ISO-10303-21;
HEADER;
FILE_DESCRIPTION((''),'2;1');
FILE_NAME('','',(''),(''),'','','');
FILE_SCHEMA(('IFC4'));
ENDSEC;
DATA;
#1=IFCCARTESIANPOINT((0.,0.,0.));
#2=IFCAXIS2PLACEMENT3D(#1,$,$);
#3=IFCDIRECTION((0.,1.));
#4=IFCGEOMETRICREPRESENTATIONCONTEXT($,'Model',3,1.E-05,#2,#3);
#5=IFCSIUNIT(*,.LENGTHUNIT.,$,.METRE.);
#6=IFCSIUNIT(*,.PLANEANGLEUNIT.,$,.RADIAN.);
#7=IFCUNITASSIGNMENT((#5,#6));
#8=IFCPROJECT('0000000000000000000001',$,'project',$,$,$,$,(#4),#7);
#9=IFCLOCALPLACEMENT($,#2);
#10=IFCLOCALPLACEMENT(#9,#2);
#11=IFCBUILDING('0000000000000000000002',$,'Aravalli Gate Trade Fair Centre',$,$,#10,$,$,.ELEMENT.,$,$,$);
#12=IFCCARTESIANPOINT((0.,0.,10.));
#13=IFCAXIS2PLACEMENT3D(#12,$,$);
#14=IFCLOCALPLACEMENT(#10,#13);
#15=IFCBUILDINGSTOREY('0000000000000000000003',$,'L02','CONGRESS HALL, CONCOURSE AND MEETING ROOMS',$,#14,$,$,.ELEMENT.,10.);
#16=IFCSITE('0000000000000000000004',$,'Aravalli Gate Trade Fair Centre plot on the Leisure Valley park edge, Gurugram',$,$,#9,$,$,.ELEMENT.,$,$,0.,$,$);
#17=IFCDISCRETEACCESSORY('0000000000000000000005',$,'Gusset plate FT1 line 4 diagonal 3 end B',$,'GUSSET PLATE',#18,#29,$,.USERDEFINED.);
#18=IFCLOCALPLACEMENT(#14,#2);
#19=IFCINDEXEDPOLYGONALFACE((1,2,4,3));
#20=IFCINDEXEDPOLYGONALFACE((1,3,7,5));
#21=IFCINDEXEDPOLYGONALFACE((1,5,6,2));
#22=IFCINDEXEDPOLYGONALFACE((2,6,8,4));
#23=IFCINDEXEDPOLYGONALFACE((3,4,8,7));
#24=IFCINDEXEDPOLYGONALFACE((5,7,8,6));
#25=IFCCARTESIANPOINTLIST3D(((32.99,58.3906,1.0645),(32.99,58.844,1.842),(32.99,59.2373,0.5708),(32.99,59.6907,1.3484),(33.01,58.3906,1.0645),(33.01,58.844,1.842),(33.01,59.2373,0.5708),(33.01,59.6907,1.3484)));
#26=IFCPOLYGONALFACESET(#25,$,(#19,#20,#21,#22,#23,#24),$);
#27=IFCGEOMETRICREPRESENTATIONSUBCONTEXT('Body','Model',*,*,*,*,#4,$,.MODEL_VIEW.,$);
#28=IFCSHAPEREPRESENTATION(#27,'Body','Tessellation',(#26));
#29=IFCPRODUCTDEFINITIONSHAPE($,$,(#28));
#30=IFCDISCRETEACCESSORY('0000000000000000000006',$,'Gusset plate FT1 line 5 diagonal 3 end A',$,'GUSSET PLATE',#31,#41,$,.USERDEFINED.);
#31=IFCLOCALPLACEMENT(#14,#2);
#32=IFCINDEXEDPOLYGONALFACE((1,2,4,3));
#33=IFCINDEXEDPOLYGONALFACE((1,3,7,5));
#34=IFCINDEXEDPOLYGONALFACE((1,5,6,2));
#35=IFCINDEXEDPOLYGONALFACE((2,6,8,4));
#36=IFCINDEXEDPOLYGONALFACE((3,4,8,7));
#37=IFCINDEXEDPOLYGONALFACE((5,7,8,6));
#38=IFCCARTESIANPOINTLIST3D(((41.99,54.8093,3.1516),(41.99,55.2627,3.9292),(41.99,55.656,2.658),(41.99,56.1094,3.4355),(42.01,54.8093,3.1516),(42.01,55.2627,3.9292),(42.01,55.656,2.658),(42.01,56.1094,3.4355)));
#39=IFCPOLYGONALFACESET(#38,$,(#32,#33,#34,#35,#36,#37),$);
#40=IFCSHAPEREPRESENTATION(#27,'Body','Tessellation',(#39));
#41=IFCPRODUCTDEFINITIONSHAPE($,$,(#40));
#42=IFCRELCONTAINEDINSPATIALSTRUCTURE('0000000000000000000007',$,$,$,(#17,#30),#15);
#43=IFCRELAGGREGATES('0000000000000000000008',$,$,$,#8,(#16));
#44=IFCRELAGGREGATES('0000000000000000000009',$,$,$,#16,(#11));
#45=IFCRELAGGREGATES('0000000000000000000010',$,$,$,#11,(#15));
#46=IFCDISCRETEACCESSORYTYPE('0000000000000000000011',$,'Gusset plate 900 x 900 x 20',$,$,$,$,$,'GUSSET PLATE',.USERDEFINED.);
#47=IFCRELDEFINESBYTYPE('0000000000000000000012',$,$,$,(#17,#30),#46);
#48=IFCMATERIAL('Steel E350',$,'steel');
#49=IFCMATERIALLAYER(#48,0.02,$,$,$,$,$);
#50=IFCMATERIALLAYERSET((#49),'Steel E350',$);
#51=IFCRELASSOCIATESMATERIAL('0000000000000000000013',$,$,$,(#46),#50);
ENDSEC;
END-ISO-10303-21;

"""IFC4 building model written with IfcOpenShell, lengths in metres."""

from ifc_helpers import new_model, si_unit, direction, frame, origin, place, context, subcontext, project, spatial, polyline, outline, extrude, material, layer, layer_set, type_object, element, save


model = new_model("IFC4")

# Units and contexts
model_context = context("Model", 3, precision=1e-05, world=origin(), true_north=direction((0.0, 1.0)))
body_context = subcontext(model_context, "Body", "Model", "MODEL_VIEW")
ifc_project = project(units=[si_unit("LENGTHUNIT", "METRE"), si_unit("PLANEANGLEUNIT", "RADIAN")], contexts=[model_context])

# Site, building, storey
site_placement = place(None, origin())
site = spatial("IfcSite", under=ifc_project, at=site_placement, Name="Aravalli Gate Trade Fair Centre plot on the Leisure Valley park edge, Gurugram", CompositionType="ELEMENT", RefElevation=0.0)
building_placement = place(site_placement, origin())
building = spatial("IfcBuilding", under=site, at=building_placement, Name="Aravalli Gate Trade Fair Centre", CompositionType="ELEMENT")
storey_placement = place(building_placement, frame((0.0, 0.0, 10.0)))
storey = spatial("IfcBuildingStorey", under=building, at=storey_placement, Name="L02", Description="CONGRESS HALL, CONCOURSE AND MEETING ROOMS", CompositionType="ELEMENT", Elevation=10.0)

# Shared definitions
ifc_material_1 = material(Name="Steel E350", Category="steel")

# Discrete accessories
ifc_layer_1 = layer(ifc_material_1, 0.02)
ifc_layer_set_1 = layer_set([ifc_layer_1], Name="Steel E350")
discrete_accessory_type_1 = type_object("IfcDiscreteAccessoryType", Name="Gusset plate 900 x 900 x 20", ElementType="GUSSET PLATE", PredefinedType="USERDEFINED", material=ifc_layer_set_1)
discrete_accessory_1_placement = place(storey_placement, frame((33.01, 58.3906, 1.0645), z_axis=(1.0, 0.0, 0.0), x_axis=(0.0, 0.863887, -0.503685)))
element("IfcDiscreteAccessory", 1, at=discrete_accessory_1_placement, inside=storey, type_object=discrete_accessory_type_1, Name="Gusset plate FT1 line 4 diagonal 3 end B", ObjectType="GUSSET PLATE", PredefinedType="USERDEFINED", context=body_context, shape_type="SweptSolid", body=[
    extrude(outline(polyline([(0.0, 0.0), (0.9801, 0.0), (0.9801, 0.9001), (0.0, 0.9001), (0.0, 0.0)])), origin(), (0.0, 0.0, -1.0), 0.02),
])
discrete_accessory_2_placement = place(storey_placement, frame((41.99, 55.656, 2.658), z_axis=(-1.0, 0.0, 0.0), x_axis=(0.0, -0.863887, 0.503685)))
element("IfcDiscreteAccessory", 2, at=discrete_accessory_2_placement, inside=storey, type_object=discrete_accessory_type_1, Name="Gusset plate FT1 line 5 diagonal 3 end A", ObjectType="GUSSET PLATE", PredefinedType="USERDEFINED", context=body_context, shape_type="SweptSolid", body=[
    extrude(outline(polyline([(0.0, 0.0), (0.9801, 0.0), (0.9801, 0.9001), (0.0, 0.9001), (0.0, 0.0)])), origin(), (0.0, 0.0, -1.0), 0.02),
])

save(model, "model.ifc")
